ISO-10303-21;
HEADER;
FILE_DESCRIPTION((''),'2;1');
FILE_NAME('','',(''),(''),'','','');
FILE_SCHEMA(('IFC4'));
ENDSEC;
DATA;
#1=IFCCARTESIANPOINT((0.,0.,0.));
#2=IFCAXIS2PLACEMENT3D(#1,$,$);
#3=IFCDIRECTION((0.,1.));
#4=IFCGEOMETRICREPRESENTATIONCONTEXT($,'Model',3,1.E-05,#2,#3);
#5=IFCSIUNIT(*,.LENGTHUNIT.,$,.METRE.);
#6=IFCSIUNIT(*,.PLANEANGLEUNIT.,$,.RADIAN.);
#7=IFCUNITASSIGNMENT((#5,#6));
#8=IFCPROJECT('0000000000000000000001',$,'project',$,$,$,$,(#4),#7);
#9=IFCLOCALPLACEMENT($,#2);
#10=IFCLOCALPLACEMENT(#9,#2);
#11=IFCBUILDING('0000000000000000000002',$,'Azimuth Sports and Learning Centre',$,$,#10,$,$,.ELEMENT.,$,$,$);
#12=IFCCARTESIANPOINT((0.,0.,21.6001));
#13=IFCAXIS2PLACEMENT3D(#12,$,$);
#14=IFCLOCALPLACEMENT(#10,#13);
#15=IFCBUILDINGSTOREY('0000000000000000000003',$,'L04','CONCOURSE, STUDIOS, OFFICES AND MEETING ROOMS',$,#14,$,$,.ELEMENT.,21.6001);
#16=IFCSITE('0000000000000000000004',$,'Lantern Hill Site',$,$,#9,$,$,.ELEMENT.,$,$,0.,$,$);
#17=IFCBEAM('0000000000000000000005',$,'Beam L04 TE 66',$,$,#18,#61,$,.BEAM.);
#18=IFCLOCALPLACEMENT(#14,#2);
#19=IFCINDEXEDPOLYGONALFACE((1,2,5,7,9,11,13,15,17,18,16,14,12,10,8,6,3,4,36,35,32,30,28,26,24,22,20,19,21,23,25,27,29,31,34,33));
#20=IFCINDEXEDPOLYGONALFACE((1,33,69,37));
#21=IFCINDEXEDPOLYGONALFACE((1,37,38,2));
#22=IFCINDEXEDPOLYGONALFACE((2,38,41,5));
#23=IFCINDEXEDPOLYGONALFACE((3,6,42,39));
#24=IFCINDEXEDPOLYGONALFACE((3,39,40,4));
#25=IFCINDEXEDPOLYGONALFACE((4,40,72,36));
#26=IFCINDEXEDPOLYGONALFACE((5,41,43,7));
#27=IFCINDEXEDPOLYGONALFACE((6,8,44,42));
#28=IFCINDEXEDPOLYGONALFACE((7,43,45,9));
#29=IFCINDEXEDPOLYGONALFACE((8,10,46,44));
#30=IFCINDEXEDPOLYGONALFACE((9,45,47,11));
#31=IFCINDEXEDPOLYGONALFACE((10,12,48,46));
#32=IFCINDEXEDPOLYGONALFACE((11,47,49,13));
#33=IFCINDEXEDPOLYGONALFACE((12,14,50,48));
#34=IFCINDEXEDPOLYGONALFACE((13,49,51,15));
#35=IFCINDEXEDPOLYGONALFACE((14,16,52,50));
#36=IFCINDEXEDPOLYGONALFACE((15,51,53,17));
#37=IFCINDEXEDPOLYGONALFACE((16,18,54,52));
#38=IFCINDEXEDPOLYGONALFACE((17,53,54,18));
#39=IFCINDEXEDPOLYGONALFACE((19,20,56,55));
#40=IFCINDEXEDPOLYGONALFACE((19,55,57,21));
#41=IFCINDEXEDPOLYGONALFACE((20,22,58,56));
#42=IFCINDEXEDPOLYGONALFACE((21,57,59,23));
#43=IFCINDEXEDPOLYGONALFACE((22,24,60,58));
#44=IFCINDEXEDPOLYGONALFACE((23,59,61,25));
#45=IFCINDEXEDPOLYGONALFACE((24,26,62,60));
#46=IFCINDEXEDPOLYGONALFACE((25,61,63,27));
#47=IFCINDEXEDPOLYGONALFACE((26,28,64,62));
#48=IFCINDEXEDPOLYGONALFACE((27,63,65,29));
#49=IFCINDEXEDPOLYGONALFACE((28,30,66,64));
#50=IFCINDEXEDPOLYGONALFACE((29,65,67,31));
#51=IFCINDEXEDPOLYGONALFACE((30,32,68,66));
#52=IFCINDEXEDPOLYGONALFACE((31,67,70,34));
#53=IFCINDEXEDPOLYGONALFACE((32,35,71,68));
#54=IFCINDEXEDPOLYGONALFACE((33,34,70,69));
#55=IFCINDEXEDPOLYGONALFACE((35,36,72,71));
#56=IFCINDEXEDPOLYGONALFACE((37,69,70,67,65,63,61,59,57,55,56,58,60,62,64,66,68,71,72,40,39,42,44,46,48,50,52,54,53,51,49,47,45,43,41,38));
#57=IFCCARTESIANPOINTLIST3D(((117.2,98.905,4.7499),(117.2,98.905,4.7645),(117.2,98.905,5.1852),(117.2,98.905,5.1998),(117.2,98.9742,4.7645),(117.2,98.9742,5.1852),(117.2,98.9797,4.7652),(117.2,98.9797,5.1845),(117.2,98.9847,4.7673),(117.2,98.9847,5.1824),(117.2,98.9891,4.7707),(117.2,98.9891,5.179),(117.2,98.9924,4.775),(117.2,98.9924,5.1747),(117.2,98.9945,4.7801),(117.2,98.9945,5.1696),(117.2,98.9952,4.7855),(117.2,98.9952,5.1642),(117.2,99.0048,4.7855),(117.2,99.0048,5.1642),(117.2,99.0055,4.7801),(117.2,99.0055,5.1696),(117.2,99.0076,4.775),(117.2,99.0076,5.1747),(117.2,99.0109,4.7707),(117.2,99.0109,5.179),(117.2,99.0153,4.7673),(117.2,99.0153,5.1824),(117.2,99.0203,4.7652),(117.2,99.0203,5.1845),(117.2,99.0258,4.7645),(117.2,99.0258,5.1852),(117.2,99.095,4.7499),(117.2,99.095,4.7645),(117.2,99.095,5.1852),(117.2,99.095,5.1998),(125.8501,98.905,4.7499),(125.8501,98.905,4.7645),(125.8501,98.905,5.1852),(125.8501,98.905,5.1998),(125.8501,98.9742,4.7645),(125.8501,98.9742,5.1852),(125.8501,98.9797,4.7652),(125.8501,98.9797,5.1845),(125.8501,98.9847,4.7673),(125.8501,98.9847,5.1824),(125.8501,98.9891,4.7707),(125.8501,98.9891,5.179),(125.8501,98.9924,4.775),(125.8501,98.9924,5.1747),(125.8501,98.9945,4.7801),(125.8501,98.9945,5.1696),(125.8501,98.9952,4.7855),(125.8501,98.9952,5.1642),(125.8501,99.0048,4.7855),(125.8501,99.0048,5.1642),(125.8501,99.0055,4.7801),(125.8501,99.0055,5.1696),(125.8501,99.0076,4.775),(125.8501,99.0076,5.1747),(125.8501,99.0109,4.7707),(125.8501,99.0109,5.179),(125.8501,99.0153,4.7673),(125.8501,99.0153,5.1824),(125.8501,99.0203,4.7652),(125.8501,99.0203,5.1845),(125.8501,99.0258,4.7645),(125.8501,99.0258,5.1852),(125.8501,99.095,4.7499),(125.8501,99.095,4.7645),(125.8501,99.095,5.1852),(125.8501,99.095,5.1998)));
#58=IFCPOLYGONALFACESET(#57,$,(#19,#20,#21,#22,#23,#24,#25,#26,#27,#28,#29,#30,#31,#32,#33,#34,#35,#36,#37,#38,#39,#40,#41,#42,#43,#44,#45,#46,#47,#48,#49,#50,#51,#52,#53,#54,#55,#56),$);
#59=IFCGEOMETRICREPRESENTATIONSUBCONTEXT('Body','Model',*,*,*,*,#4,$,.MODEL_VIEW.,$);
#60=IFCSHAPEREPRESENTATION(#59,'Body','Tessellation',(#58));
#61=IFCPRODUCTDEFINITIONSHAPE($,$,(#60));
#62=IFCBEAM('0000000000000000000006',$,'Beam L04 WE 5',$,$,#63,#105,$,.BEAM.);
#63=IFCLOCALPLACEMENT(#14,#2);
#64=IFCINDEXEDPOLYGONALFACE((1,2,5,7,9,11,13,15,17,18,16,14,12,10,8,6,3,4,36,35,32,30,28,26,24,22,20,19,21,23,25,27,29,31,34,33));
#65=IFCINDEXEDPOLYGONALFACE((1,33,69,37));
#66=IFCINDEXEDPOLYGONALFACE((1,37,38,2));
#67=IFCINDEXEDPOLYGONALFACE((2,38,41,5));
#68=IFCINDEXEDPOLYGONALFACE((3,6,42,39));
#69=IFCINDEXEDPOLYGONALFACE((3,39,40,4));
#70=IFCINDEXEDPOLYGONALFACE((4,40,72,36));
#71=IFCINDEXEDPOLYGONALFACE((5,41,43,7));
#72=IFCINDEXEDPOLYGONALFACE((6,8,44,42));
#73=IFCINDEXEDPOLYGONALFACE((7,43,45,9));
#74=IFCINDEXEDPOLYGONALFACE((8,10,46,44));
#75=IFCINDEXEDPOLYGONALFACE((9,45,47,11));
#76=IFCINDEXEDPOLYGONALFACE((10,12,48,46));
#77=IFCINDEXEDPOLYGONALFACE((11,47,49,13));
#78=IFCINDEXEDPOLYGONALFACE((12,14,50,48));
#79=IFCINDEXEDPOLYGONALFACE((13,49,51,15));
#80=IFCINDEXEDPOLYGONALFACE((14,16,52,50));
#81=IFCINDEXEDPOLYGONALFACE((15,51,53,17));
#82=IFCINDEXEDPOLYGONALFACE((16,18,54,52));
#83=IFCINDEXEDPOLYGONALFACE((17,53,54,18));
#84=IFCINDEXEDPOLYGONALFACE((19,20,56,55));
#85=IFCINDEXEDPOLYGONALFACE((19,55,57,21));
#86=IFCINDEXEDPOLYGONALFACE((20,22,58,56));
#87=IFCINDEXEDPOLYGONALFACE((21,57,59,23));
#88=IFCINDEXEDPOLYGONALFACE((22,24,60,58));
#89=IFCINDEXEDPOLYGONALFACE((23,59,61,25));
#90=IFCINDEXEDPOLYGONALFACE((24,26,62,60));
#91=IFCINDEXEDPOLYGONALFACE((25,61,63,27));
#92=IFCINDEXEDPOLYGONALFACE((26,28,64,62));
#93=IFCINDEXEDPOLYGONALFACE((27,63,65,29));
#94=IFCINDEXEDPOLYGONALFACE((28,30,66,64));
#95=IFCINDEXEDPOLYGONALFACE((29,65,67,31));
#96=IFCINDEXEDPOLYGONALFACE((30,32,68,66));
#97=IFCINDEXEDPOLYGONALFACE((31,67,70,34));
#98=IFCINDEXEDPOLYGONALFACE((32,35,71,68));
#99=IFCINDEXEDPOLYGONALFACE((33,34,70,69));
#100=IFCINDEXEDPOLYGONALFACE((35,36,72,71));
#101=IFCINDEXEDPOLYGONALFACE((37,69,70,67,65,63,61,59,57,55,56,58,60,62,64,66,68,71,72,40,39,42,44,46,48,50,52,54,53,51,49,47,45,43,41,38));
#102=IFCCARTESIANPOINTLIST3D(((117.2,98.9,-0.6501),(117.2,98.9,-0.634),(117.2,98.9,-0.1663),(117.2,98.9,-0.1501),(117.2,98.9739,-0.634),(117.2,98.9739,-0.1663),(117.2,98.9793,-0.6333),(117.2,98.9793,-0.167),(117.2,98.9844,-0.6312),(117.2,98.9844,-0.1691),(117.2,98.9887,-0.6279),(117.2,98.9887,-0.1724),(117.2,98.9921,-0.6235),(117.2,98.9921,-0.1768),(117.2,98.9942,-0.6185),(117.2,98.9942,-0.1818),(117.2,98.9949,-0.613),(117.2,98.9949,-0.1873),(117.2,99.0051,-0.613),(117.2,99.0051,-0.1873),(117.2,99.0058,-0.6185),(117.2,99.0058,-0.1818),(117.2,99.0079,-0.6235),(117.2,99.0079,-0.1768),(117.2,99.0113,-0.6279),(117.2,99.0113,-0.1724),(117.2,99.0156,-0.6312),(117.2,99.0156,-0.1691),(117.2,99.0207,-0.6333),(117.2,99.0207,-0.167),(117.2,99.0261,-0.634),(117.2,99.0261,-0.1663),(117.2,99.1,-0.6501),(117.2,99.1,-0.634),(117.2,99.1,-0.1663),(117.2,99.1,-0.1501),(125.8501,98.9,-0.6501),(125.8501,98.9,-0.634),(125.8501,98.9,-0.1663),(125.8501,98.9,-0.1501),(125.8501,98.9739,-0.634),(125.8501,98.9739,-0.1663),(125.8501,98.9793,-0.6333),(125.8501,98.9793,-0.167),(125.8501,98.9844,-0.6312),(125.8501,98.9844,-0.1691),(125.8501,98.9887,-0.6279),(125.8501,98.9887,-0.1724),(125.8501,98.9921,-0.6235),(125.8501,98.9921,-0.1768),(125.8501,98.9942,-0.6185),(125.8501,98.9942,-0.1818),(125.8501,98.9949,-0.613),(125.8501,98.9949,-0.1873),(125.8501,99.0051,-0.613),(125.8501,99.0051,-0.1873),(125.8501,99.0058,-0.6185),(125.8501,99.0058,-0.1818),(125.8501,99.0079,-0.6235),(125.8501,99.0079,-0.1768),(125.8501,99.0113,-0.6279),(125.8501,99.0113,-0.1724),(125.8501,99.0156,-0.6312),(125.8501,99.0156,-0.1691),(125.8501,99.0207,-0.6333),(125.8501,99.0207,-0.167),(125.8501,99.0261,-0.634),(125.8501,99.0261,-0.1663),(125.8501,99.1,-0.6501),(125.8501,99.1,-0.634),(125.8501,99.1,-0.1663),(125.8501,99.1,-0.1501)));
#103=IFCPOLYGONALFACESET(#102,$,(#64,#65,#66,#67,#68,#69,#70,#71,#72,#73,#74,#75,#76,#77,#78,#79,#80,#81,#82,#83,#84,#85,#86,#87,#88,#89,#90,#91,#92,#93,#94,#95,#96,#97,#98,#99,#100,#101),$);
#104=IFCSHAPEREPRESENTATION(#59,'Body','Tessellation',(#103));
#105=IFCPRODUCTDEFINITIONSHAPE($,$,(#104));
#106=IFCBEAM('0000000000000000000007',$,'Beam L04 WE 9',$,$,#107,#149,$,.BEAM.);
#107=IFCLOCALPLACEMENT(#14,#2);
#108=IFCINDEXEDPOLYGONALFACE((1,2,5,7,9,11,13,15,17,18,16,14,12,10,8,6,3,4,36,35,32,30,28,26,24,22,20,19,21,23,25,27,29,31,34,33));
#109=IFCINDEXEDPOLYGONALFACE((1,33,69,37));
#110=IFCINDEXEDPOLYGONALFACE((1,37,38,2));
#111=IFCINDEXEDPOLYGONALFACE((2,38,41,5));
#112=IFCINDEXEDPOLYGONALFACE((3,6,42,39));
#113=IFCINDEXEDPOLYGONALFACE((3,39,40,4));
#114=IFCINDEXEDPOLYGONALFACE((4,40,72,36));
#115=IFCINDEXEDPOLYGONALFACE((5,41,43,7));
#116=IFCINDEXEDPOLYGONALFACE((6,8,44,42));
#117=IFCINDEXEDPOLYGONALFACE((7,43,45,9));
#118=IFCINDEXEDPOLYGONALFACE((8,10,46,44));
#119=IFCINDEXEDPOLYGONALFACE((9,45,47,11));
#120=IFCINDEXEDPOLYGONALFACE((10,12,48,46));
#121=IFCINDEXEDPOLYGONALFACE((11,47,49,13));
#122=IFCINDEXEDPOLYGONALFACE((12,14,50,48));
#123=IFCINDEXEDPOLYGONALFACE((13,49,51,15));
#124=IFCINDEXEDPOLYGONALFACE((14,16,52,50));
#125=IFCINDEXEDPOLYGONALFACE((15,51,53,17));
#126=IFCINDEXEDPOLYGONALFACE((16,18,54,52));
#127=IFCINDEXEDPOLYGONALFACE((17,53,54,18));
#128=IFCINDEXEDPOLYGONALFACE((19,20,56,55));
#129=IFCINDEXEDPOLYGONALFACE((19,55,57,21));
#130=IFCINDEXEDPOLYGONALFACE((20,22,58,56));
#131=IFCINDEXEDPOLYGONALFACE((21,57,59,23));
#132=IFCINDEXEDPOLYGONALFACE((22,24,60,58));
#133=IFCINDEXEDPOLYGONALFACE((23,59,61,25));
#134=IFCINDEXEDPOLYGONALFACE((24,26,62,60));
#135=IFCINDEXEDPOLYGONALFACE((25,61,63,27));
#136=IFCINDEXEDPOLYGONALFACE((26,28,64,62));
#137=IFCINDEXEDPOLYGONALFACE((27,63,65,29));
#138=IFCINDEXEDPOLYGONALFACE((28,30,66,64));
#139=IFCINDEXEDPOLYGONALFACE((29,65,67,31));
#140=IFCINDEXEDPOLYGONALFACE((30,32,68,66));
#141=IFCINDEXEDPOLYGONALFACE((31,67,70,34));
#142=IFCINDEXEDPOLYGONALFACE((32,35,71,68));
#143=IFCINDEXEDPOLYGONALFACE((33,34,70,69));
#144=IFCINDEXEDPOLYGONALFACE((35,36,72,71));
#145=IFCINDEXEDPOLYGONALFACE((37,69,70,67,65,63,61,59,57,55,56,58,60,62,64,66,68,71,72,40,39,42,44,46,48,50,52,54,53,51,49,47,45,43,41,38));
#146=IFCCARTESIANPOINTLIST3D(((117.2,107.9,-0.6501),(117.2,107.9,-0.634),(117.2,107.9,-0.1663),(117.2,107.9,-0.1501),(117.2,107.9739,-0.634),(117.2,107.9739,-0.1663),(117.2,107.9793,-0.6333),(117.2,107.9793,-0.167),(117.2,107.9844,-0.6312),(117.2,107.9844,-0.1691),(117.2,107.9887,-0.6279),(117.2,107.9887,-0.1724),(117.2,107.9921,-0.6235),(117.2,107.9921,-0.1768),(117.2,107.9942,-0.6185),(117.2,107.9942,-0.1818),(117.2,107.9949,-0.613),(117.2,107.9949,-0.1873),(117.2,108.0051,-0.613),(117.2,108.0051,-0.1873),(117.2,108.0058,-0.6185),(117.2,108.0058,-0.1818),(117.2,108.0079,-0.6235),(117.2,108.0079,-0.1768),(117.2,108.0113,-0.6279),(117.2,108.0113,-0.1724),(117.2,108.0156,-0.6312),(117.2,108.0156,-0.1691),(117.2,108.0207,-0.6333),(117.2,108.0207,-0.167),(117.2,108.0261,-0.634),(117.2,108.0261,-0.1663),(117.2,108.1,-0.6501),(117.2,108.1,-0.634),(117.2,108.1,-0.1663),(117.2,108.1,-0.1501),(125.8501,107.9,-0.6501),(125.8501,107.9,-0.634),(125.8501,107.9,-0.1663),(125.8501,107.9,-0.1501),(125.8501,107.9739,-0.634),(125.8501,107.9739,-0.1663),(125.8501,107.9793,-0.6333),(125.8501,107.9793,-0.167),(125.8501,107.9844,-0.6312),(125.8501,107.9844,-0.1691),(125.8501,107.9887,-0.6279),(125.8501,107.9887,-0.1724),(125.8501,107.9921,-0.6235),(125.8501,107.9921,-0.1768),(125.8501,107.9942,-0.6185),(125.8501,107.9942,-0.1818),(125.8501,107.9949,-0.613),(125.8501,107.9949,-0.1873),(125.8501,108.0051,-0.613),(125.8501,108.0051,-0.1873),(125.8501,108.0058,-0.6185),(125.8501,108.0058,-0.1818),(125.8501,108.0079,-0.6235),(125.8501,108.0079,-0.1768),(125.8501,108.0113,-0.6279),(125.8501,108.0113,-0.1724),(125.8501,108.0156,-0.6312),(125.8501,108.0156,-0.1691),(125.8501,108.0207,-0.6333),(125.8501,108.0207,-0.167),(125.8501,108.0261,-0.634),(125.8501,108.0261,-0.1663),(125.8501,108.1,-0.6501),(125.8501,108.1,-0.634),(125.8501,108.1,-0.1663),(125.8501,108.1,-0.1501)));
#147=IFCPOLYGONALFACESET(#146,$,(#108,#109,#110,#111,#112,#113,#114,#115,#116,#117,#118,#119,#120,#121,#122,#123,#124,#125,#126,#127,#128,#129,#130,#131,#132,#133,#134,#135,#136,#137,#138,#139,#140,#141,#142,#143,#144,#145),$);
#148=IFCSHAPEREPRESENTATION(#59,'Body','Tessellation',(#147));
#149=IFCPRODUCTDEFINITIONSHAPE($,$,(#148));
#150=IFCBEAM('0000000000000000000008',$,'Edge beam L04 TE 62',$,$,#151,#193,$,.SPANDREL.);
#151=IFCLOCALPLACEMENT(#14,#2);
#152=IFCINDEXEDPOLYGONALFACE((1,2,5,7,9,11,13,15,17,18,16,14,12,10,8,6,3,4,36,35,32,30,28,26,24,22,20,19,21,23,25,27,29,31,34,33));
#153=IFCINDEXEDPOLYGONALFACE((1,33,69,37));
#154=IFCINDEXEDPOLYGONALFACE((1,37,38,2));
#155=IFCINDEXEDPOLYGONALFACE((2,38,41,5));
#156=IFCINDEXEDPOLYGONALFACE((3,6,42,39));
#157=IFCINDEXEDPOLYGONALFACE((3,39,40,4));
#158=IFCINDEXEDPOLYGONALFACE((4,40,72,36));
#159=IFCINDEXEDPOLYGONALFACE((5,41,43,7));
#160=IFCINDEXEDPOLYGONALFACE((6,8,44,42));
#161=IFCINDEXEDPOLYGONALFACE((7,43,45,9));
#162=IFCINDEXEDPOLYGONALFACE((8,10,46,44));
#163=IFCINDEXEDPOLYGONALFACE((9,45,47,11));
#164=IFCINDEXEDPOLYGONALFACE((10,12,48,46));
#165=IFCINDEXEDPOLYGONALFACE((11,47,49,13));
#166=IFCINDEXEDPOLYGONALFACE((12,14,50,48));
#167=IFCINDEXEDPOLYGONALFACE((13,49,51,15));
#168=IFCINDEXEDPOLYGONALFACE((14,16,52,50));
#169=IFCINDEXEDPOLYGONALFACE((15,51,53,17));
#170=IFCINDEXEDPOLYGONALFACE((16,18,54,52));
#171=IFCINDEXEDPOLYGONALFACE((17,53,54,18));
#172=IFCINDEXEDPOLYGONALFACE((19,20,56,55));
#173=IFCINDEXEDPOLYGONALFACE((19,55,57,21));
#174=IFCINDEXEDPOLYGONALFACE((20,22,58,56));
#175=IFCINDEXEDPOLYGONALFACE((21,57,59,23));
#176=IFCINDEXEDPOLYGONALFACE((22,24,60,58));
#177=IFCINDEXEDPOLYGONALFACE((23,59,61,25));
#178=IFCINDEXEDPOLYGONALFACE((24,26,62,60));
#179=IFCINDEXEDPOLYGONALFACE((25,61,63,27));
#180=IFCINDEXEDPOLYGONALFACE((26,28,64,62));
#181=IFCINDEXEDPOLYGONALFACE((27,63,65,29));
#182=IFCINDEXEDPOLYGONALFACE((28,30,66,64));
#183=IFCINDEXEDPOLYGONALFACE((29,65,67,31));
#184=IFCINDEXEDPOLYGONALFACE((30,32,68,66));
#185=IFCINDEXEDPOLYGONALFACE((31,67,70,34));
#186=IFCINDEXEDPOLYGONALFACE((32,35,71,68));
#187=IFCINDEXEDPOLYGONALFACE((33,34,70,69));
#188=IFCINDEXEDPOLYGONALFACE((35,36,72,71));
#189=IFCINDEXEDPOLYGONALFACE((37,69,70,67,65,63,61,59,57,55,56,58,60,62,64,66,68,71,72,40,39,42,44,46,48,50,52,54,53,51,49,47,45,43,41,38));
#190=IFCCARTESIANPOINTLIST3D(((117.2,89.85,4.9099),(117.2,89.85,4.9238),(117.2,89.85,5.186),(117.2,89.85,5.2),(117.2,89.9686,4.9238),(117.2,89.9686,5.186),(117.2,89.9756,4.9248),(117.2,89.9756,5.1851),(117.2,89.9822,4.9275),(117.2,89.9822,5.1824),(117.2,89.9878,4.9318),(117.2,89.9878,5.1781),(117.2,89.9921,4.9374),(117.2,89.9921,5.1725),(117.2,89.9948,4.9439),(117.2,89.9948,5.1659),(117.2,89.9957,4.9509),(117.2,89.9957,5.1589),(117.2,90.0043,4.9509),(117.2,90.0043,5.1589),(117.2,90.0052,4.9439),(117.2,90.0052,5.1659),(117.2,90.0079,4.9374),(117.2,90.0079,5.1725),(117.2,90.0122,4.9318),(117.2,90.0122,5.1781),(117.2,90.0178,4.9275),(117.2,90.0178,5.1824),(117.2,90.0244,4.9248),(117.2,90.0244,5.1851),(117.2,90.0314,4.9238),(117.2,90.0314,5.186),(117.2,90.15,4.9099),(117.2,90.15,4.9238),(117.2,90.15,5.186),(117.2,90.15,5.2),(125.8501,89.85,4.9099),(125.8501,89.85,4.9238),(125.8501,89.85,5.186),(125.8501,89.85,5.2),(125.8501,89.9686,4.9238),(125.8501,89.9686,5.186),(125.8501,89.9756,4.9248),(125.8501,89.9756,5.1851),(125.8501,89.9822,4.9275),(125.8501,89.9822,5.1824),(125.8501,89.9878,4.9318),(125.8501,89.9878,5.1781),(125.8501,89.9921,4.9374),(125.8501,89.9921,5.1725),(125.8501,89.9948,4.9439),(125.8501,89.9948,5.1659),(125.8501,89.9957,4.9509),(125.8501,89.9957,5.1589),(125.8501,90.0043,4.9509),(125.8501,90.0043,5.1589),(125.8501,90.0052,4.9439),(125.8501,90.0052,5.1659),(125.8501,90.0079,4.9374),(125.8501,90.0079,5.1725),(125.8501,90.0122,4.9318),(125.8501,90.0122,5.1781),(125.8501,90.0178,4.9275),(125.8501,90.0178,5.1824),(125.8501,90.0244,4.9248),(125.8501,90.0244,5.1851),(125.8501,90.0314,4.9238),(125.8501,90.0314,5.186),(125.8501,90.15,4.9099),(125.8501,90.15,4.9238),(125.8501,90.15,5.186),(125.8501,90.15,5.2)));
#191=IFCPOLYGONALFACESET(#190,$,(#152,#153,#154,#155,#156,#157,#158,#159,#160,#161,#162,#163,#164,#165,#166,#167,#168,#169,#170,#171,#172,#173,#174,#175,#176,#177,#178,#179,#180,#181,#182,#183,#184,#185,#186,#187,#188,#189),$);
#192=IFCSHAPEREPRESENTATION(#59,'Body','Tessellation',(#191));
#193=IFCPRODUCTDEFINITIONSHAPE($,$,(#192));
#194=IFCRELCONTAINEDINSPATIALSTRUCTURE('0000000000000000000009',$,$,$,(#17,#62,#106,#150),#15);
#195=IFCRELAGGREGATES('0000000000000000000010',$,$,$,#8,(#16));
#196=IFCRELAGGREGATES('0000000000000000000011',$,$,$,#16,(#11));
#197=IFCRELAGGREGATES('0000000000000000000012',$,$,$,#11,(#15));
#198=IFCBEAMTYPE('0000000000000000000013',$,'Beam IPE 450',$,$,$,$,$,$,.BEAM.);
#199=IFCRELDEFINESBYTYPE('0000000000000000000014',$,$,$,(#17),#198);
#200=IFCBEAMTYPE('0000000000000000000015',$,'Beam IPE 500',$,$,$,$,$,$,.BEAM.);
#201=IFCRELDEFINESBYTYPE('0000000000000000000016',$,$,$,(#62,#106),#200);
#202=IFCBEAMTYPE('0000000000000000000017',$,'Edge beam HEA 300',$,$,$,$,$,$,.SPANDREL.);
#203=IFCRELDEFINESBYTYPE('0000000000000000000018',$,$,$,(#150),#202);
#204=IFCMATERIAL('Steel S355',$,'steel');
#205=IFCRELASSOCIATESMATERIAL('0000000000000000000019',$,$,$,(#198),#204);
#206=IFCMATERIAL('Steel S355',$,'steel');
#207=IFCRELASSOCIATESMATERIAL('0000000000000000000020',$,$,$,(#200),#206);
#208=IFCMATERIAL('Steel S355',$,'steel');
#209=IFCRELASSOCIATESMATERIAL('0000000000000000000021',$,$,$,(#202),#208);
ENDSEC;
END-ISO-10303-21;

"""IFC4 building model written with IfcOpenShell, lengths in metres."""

from ifc_helpers import new_model, si_unit, direction, frame, origin, origin_2d, place, context, subcontext, project, spatial, i_section, extrude, material, material_profile, profile_set, type_object, element, save


model = new_model("IFC4")

# Units and contexts
model_context = context("Model", 3, precision=1e-05, world=origin(), true_north=direction((0.0, 1.0)))
body_context = subcontext(model_context, "Body", "Model", "MODEL_VIEW")
ifc_project = project(units=[si_unit("LENGTHUNIT", "METRE"), si_unit("PLANEANGLEUNIT", "RADIAN")], contexts=[model_context])

# Site, building, storey
site_placement = place(None, origin())
site = spatial("IfcSite", under=ifc_project, at=site_placement, Name="Lantern Hill Site", CompositionType="ELEMENT", RefElevation=0.0)
building_placement = place(site_placement, origin())
building = spatial("IfcBuilding", under=site, at=building_placement, Name="Azimuth Sports and Learning Centre", CompositionType="ELEMENT")
storey_placement = place(building_placement, frame((0.0, 0.0, 21.6001)))
storey = spatial("IfcBuildingStorey", under=building, at=storey_placement, Name="L04", Description="CONCOURSE, STUDIOS, OFFICES AND MEETING ROOMS", CompositionType="ELEMENT", Elevation=21.6001)

# Beams
ifc_material_1 = material(Name="Steel S355", Category="steel")
ifc_material_profile_1 = material_profile(ifc_material_1, i_section(OverallWidth=0.1899, OverallDepth=0.45, WebThickness=0.0095, FlangeThickness=0.0146, FilletRadius=0.021, at=origin_2d()), Name="IPE 450")
ifc_profile_set_1 = profile_set([ifc_material_profile_1], Name="Steel S355")
beam_type_1 = type_object("IfcBeamType", Name="Beam IPE 450", PredefinedType="BEAM", material=ifc_profile_set_1)
beam_1_placement = place(storey_placement, frame((117.2, 99.0, 4.9749), z_axis=(1.0, 0.0, 0.0), x_axis=(0.0, 1.0, 0.0)))
element("IfcBeam", 1, at=beam_1_placement, inside=storey, type_object=beam_type_1, Name="Beam L04 TE 66", PredefinedType="BEAM", context=body_context, shape_type="SweptSolid", body=[
    extrude(i_section(OverallWidth=0.1899, OverallDepth=0.45, WebThickness=0.0095, FlangeThickness=0.0146, FilletRadius=0.021, at=origin_2d()), origin(), (0.0, 0.0, 1.0), 8.6501),
])
ifc_material_2 = material(Name="Steel S355", Category="steel")
ifc_material_profile_2 = material_profile(ifc_material_2, i_section(OverallWidth=0.2, OverallDepth=0.5, WebThickness=0.0103, FlangeThickness=0.0161, FilletRadius=0.021, at=origin_2d()), Name="IPE 500")
ifc_profile_set_2 = profile_set([ifc_material_profile_2], Name="Steel S355")
beam_type_2 = type_object("IfcBeamType", Name="Beam IPE 500", PredefinedType="BEAM", material=ifc_profile_set_2)
for number, where, z_axis, x_axis, name in (
    (2, (117.2, 99.0, -0.4001), (1.0, 0.0, 0.0), (0.0, 1.0, 0.0), "Beam L04 WE 5"),
    (3, (117.2, 108.0, -0.4001), (1.0, 0.0, 0.0), (0.0, 1.0, 0.0), "Beam L04 WE 9"),
):
    element("IfcBeam", number, at=place(storey_placement, frame(where, z_axis=z_axis, x_axis=x_axis)), inside=storey, type_object=beam_type_2, Name=name, PredefinedType="BEAM", context=body_context, shape_type="SweptSolid", body=[
        extrude(i_section(OverallWidth=0.2, OverallDepth=0.5, WebThickness=0.0103, FlangeThickness=0.0161, FilletRadius=0.021, at=origin_2d()), origin(), (0.0, 0.0, 1.0), 8.6501),
    ])
ifc_material_3 = material(Name="Steel S355", Category="steel")
ifc_material_profile_3 = material_profile(ifc_material_3, i_section(OverallWidth=0.3, OverallDepth=0.29, WebThickness=0.0085, FlangeThickness=0.0139, FilletRadius=0.0271, at=origin_2d()), Name="HEA 300")
ifc_profile_set_3 = profile_set([ifc_material_profile_3], Name="Steel S355")
beam_type_3 = type_object("IfcBeamType", Name="Edge beam HEA 300", PredefinedType="SPANDREL", material=ifc_profile_set_3)
beam_2_placement = place(storey_placement, frame((117.2, 90.0, 5.0549), z_axis=(1.0, 0.0, 0.0), x_axis=(0.0, 1.0, 0.0)))
element("IfcBeam", 4, at=beam_2_placement, inside=storey, type_object=beam_type_3, Name="Edge beam L04 TE 62", PredefinedType="SPANDREL", context=body_context, shape_type="SweptSolid", body=[
    extrude(i_section(OverallWidth=0.3, OverallDepth=0.29, WebThickness=0.0085, FlangeThickness=0.0139, FilletRadius=0.0271, at=origin_2d()), origin(), (0.0, 0.0, 1.0), 8.6501),
])

save(model, "model.ifc")
